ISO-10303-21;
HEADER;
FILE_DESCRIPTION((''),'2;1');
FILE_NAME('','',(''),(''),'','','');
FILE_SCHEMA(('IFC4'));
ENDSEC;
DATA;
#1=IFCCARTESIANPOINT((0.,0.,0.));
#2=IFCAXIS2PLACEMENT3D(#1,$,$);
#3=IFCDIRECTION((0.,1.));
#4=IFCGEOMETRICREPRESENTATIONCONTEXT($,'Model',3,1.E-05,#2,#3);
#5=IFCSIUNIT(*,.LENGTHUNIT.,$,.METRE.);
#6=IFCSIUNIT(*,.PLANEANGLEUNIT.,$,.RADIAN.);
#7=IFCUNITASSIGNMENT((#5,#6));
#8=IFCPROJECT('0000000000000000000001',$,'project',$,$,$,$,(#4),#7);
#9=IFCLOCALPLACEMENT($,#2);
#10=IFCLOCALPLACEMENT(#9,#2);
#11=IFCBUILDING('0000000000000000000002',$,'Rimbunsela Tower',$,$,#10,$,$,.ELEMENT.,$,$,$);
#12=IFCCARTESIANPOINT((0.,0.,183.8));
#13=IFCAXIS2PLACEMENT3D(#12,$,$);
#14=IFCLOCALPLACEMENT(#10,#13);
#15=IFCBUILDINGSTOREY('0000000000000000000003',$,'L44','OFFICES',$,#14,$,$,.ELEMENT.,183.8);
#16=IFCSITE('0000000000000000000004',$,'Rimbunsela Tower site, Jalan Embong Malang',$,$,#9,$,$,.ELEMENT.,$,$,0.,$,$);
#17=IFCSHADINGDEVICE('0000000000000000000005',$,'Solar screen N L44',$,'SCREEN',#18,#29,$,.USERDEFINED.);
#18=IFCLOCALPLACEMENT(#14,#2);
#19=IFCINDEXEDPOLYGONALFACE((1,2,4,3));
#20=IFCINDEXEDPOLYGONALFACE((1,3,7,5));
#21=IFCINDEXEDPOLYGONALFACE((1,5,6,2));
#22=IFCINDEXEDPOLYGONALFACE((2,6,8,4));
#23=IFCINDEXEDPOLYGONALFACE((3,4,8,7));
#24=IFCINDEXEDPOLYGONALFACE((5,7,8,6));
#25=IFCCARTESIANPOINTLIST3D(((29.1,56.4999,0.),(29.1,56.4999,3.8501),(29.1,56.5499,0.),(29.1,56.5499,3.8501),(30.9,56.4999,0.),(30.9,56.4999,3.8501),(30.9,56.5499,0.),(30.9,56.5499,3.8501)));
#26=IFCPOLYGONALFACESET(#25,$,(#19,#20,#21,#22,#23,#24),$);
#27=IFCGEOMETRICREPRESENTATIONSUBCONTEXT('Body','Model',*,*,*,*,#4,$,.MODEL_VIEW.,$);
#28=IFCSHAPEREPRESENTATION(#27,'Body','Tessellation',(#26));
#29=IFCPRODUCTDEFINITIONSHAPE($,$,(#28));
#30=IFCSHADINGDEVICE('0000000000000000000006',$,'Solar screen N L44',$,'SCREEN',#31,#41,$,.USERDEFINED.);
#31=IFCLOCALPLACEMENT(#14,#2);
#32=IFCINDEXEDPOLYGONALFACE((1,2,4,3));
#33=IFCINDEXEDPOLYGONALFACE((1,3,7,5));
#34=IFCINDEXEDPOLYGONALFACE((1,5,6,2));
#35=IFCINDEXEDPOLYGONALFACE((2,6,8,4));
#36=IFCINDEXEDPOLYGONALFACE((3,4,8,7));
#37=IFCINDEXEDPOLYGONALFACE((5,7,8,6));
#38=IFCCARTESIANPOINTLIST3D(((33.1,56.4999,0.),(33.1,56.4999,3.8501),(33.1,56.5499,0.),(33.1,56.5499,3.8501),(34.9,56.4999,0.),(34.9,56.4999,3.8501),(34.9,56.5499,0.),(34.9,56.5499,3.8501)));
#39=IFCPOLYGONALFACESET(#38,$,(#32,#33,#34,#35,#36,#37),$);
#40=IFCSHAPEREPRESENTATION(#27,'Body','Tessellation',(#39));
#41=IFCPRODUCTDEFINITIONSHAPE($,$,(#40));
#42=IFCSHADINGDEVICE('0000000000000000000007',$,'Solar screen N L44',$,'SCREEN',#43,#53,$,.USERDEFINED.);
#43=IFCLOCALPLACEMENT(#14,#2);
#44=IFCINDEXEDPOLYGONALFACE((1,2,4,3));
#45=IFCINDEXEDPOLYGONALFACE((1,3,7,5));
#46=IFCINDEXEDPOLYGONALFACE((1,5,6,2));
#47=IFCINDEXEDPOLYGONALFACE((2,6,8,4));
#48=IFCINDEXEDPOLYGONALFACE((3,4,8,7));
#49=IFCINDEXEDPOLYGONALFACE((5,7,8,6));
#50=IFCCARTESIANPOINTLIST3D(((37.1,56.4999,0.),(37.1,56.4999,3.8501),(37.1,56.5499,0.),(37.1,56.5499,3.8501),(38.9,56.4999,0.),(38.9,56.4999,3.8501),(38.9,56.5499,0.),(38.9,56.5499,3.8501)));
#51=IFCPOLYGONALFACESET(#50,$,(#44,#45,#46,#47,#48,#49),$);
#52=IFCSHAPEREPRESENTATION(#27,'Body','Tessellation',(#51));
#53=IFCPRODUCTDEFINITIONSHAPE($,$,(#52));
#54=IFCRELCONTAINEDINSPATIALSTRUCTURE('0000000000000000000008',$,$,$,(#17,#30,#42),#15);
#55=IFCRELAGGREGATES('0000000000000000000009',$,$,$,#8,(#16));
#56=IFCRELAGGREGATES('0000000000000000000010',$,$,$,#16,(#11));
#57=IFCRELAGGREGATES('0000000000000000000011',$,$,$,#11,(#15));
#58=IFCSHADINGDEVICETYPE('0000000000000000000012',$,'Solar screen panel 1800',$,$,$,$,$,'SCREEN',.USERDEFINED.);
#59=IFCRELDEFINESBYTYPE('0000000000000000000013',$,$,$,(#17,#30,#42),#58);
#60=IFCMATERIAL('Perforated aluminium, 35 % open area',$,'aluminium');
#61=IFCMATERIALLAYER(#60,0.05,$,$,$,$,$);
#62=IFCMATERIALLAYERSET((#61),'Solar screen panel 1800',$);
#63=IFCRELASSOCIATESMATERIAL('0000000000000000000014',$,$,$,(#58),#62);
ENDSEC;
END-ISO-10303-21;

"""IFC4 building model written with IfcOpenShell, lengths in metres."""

from ifc_helpers import new_model, si_unit, direction, frame, origin, origin_2d, place, context, subcontext, project, spatial, rectangle, extrude, material, layer, layer_set, type_object, element, save


model = new_model("IFC4")

# Units and contexts
model_context = context("Model", 3, precision=1e-05, world=origin(), true_north=direction((0.0, 1.0)))
body_context = subcontext(model_context, "Body", "Model", "MODEL_VIEW")
ifc_project = project(units=[si_unit("LENGTHUNIT", "METRE"), si_unit("PLANEANGLEUNIT", "RADIAN")], contexts=[model_context])

# Site, building, storey
site_placement = place(None, origin())
site = spatial("IfcSite", under=ifc_project, at=site_placement, Name="Rimbunsela Tower site, Jalan Embong Malang", CompositionType="ELEMENT", RefElevation=0.0)
building_placement = place(site_placement, origin())
building = spatial("IfcBuilding", under=site, at=building_placement, Name="Rimbunsela Tower", CompositionType="ELEMENT")
storey_placement = place(building_placement, frame((0.0, 0.0, 183.8)))
storey = spatial("IfcBuildingStorey", under=building, at=storey_placement, Name="L44", Description="OFFICES", CompositionType="ELEMENT", Elevation=183.8)

# Shading devices
ifc_material_1 = material(Name="Perforated aluminium, 35 % open area", Category="aluminium")
ifc_layer_1 = layer(ifc_material_1, 0.05)
ifc_layer_set_1 = layer_set([ifc_layer_1], Name="Solar screen panel 1800")
shading_device_type = type_object("IfcShadingDeviceType", Name="Solar screen panel 1800", ElementType="SCREEN", PredefinedType="USERDEFINED", material=ifc_layer_set_1)
for number, where, z_axis, x_axis, name in (
    (1, (30.0, 56.5249, 0.0), (0.0, 0.0, 1.0), (1.0, 0.0, 0.0), "Solar screen N L44"),
    (2, (34.0, 56.5249, 0.0), (0.0, 0.0, 1.0), (1.0, 0.0, 0.0), "Solar screen N L44"),
    (3, (38.0, 56.5249, 0.0), (0.0, 0.0, 1.0), (1.0, 0.0, 0.0), "Solar screen N L44"),
):
    element("IfcShadingDevice", number, at=place(storey_placement, frame(where, z_axis=z_axis, x_axis=x_axis)), inside=storey, type_object=shading_device_type, Name=name, ObjectType="SCREEN", PredefinedType="USERDEFINED", context=body_context, shape_type="SweptSolid", body=[
        extrude(rectangle(XDim=1.8, YDim=0.05, at=origin_2d()), origin(), (0.0, 0.0, 1.0), 3.8501),
    ])

save(model, "model.ifc")
